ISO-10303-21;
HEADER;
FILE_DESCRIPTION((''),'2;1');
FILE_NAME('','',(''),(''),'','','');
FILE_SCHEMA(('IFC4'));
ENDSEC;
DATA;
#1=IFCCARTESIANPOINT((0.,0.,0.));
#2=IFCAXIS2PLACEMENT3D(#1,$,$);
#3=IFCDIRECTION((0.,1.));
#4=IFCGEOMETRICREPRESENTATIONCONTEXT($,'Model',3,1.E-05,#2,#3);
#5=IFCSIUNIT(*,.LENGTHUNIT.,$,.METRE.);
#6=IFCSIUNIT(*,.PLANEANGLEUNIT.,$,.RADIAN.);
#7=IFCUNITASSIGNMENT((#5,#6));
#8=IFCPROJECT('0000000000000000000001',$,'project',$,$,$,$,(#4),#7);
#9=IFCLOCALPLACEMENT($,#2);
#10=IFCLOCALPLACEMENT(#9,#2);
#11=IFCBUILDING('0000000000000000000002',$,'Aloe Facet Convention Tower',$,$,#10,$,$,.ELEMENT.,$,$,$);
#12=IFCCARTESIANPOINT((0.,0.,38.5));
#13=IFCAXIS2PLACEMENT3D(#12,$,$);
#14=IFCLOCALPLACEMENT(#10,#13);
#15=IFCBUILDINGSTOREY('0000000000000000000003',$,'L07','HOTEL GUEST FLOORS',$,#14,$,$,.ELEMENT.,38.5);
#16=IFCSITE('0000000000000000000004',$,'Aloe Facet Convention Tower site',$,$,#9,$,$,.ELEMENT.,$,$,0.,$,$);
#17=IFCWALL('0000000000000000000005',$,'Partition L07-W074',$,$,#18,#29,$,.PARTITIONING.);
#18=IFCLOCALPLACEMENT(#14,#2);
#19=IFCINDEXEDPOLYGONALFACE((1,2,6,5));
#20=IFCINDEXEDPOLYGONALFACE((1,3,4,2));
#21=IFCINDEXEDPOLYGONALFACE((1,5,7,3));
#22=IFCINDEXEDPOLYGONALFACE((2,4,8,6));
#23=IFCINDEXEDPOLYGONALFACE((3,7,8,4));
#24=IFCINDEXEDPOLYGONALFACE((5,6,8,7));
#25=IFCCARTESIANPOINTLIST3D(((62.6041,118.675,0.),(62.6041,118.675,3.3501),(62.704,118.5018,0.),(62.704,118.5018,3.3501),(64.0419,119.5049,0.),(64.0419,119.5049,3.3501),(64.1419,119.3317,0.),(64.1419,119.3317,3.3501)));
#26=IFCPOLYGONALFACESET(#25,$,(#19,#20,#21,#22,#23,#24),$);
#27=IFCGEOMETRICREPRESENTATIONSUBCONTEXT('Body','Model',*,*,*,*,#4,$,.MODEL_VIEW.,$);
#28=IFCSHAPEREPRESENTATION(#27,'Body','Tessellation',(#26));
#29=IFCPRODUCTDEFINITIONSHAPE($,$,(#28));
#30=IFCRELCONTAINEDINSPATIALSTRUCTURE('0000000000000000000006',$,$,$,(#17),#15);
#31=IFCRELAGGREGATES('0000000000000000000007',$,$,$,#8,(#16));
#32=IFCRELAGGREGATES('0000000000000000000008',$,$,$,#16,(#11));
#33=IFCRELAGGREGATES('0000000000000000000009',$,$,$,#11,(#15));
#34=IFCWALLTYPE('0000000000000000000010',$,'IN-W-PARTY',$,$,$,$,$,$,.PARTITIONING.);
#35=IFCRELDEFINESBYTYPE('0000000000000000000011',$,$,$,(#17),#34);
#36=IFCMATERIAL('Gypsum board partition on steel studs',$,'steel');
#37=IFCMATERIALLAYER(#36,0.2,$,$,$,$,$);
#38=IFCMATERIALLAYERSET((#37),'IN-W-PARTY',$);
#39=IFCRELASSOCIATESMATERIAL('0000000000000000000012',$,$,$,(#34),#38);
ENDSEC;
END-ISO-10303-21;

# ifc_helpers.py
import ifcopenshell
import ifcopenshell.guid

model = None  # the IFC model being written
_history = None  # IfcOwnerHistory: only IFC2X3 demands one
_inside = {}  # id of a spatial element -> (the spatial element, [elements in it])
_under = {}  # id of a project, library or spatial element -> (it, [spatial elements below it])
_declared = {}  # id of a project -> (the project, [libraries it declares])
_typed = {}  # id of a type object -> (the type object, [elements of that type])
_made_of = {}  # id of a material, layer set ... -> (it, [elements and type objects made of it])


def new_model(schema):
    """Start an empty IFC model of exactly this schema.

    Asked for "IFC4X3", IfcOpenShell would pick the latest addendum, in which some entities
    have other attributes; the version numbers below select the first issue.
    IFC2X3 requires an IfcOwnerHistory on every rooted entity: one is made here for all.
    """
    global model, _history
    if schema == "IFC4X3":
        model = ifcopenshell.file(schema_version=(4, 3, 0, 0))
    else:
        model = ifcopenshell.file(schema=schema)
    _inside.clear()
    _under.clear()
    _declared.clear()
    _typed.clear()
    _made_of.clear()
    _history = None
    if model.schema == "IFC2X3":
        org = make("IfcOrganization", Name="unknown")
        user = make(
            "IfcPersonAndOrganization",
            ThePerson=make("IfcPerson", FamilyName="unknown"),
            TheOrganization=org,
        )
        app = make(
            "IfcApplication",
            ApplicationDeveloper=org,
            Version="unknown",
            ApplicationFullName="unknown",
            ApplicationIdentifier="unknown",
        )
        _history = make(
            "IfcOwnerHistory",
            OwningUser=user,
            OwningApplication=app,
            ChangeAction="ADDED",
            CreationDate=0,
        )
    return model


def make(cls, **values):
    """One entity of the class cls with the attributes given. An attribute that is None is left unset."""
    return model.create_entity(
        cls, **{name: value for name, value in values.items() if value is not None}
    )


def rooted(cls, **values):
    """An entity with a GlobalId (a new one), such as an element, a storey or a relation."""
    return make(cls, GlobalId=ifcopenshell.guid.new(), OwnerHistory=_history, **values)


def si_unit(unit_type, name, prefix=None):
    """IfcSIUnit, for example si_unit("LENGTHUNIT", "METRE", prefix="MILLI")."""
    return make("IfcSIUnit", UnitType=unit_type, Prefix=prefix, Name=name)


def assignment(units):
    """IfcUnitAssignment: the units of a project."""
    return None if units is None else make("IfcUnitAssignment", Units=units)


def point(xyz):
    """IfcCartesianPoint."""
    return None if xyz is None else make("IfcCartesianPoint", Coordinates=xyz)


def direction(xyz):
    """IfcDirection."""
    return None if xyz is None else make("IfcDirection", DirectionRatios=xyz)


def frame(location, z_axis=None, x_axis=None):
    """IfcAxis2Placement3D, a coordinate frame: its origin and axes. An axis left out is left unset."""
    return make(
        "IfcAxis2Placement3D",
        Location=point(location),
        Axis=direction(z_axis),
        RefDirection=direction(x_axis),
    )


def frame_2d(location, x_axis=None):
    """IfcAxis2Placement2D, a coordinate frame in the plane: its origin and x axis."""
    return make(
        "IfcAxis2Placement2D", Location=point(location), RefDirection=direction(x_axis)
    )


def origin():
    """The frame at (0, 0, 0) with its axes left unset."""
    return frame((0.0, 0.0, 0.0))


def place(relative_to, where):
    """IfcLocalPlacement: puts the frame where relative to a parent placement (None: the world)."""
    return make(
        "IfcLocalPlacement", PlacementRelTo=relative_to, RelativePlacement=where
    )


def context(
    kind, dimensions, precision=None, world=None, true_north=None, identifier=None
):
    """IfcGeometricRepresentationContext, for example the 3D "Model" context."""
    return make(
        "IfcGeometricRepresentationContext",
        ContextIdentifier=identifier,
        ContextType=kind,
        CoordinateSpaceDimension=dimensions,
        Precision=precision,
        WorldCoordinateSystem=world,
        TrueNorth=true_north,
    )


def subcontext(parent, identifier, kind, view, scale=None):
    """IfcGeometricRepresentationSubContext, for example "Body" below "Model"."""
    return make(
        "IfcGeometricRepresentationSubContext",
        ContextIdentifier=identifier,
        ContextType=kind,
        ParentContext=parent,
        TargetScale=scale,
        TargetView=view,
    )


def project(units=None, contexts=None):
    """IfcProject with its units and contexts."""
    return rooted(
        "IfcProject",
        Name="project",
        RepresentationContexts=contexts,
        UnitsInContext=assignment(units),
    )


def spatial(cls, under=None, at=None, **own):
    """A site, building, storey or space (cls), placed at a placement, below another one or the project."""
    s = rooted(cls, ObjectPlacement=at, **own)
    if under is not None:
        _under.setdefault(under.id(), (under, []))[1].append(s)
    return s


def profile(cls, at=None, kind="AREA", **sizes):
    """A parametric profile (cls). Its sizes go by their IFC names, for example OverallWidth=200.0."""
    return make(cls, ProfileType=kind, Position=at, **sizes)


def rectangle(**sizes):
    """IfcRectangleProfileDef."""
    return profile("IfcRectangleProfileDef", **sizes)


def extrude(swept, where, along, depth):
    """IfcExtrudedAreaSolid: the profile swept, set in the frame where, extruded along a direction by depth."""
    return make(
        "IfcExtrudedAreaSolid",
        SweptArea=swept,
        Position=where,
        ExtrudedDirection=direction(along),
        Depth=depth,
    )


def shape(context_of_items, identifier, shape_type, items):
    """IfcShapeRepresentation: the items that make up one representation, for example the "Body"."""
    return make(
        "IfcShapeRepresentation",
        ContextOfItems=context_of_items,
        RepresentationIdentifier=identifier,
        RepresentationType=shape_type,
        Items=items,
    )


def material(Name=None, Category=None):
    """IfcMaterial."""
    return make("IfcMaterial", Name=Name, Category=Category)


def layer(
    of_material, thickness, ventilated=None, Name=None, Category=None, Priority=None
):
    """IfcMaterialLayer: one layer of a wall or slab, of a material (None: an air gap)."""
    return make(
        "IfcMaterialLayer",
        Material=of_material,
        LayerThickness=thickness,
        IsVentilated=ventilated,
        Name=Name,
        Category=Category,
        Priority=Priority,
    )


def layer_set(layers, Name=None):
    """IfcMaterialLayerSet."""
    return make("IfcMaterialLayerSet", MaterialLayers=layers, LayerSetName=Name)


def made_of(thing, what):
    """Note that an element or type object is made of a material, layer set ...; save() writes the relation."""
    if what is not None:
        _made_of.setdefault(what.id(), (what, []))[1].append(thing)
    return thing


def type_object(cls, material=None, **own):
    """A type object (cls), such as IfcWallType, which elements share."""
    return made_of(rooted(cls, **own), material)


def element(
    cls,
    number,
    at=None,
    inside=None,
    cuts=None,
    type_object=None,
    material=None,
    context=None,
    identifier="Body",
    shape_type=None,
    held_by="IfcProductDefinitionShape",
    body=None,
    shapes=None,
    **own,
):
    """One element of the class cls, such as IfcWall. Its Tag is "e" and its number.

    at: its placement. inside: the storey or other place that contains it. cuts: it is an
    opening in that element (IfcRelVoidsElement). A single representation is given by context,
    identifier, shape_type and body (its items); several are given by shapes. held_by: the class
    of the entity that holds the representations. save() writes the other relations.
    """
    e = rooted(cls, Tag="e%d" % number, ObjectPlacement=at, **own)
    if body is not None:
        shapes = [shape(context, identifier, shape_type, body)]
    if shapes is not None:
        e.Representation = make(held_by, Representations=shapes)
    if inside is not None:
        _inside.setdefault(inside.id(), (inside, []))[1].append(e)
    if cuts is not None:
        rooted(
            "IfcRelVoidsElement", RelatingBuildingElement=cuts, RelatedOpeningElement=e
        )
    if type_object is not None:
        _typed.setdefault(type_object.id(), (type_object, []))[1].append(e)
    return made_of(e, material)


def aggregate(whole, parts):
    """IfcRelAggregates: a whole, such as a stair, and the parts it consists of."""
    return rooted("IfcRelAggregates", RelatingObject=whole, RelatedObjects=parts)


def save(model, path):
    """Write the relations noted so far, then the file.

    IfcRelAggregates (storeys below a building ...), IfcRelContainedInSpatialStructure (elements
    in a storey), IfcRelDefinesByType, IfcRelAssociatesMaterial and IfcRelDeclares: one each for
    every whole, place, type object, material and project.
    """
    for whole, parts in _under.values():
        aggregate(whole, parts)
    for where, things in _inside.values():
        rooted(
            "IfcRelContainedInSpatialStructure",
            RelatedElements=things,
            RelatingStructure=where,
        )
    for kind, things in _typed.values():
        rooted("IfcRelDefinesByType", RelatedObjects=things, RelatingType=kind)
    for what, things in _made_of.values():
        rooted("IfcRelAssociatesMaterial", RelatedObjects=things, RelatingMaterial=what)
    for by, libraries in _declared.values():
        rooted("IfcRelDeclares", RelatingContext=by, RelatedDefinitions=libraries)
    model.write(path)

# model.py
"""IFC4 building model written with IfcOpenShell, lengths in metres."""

from ifc_helpers import new_model, si_unit, direction, frame, frame_2d, origin, place, context, subcontext, project, spatial, rectangle, extrude, material, layer, layer_set, type_object, element, save


model = new_model("IFC4")

# Units and contexts
model_context = context("Model", 3, precision=1e-05, world=origin(), true_north=direction((0.0, 1.0)))
body_context = subcontext(model_context, "Body", "Model", "MODEL_VIEW")
ifc_project = project(units=[si_unit("LENGTHUNIT", "METRE"), si_unit("PLANEANGLEUNIT", "RADIAN")], contexts=[model_context])

# Site, building, storey
site_placement = place(None, origin())
site = spatial("IfcSite", under=ifc_project, at=site_placement, Name="Aloe Facet Convention Tower site", CompositionType="ELEMENT", RefElevation=0.0)
building_placement = place(site_placement, origin())
building = spatial("IfcBuilding", under=site, at=building_placement, Name="Aloe Facet Convention Tower", CompositionType="ELEMENT")
storey_placement = place(building_placement, frame((0.0, 0.0, 38.5)))
storey = spatial("IfcBuildingStorey", under=building, at=storey_placement, Name="L07", Description="HOTEL GUEST FLOORS", CompositionType="ELEMENT", Elevation=38.5)

# Wall
ifc_material_1 = material(Name="Gypsum board partition on steel studs", Category="steel")
ifc_layer_1 = layer(ifc_material_1, 0.2)
ifc_layer_set_1 = layer_set([ifc_layer_1], Name="IN-W-PARTY")
wall_type_1 = type_object("IfcWallType", Name="IN-W-PARTY", PredefinedType="PARTITIONING", material=ifc_layer_set_1)
wall_1_placement = place(storey_placement, frame((62.6541, 118.5884, 0.0), z_axis=(0.0, 0.0, 1.0), x_axis=(0.86609, 0.499888, 0.0)))
element("IfcWall", 1, at=wall_1_placement, inside=storey, type_object=wall_type_1, Name="Partition L07-W074", PredefinedType="PARTITIONING", context=body_context, shape_type="SweptSolid", body=[
    extrude(rectangle(XDim=1.6602, YDim=0.2, at=frame_2d((0.8301, 0.0))), origin(), (0.0, 0.0, 1.0), 3.3501),
])

save(model, "model.ifc")
